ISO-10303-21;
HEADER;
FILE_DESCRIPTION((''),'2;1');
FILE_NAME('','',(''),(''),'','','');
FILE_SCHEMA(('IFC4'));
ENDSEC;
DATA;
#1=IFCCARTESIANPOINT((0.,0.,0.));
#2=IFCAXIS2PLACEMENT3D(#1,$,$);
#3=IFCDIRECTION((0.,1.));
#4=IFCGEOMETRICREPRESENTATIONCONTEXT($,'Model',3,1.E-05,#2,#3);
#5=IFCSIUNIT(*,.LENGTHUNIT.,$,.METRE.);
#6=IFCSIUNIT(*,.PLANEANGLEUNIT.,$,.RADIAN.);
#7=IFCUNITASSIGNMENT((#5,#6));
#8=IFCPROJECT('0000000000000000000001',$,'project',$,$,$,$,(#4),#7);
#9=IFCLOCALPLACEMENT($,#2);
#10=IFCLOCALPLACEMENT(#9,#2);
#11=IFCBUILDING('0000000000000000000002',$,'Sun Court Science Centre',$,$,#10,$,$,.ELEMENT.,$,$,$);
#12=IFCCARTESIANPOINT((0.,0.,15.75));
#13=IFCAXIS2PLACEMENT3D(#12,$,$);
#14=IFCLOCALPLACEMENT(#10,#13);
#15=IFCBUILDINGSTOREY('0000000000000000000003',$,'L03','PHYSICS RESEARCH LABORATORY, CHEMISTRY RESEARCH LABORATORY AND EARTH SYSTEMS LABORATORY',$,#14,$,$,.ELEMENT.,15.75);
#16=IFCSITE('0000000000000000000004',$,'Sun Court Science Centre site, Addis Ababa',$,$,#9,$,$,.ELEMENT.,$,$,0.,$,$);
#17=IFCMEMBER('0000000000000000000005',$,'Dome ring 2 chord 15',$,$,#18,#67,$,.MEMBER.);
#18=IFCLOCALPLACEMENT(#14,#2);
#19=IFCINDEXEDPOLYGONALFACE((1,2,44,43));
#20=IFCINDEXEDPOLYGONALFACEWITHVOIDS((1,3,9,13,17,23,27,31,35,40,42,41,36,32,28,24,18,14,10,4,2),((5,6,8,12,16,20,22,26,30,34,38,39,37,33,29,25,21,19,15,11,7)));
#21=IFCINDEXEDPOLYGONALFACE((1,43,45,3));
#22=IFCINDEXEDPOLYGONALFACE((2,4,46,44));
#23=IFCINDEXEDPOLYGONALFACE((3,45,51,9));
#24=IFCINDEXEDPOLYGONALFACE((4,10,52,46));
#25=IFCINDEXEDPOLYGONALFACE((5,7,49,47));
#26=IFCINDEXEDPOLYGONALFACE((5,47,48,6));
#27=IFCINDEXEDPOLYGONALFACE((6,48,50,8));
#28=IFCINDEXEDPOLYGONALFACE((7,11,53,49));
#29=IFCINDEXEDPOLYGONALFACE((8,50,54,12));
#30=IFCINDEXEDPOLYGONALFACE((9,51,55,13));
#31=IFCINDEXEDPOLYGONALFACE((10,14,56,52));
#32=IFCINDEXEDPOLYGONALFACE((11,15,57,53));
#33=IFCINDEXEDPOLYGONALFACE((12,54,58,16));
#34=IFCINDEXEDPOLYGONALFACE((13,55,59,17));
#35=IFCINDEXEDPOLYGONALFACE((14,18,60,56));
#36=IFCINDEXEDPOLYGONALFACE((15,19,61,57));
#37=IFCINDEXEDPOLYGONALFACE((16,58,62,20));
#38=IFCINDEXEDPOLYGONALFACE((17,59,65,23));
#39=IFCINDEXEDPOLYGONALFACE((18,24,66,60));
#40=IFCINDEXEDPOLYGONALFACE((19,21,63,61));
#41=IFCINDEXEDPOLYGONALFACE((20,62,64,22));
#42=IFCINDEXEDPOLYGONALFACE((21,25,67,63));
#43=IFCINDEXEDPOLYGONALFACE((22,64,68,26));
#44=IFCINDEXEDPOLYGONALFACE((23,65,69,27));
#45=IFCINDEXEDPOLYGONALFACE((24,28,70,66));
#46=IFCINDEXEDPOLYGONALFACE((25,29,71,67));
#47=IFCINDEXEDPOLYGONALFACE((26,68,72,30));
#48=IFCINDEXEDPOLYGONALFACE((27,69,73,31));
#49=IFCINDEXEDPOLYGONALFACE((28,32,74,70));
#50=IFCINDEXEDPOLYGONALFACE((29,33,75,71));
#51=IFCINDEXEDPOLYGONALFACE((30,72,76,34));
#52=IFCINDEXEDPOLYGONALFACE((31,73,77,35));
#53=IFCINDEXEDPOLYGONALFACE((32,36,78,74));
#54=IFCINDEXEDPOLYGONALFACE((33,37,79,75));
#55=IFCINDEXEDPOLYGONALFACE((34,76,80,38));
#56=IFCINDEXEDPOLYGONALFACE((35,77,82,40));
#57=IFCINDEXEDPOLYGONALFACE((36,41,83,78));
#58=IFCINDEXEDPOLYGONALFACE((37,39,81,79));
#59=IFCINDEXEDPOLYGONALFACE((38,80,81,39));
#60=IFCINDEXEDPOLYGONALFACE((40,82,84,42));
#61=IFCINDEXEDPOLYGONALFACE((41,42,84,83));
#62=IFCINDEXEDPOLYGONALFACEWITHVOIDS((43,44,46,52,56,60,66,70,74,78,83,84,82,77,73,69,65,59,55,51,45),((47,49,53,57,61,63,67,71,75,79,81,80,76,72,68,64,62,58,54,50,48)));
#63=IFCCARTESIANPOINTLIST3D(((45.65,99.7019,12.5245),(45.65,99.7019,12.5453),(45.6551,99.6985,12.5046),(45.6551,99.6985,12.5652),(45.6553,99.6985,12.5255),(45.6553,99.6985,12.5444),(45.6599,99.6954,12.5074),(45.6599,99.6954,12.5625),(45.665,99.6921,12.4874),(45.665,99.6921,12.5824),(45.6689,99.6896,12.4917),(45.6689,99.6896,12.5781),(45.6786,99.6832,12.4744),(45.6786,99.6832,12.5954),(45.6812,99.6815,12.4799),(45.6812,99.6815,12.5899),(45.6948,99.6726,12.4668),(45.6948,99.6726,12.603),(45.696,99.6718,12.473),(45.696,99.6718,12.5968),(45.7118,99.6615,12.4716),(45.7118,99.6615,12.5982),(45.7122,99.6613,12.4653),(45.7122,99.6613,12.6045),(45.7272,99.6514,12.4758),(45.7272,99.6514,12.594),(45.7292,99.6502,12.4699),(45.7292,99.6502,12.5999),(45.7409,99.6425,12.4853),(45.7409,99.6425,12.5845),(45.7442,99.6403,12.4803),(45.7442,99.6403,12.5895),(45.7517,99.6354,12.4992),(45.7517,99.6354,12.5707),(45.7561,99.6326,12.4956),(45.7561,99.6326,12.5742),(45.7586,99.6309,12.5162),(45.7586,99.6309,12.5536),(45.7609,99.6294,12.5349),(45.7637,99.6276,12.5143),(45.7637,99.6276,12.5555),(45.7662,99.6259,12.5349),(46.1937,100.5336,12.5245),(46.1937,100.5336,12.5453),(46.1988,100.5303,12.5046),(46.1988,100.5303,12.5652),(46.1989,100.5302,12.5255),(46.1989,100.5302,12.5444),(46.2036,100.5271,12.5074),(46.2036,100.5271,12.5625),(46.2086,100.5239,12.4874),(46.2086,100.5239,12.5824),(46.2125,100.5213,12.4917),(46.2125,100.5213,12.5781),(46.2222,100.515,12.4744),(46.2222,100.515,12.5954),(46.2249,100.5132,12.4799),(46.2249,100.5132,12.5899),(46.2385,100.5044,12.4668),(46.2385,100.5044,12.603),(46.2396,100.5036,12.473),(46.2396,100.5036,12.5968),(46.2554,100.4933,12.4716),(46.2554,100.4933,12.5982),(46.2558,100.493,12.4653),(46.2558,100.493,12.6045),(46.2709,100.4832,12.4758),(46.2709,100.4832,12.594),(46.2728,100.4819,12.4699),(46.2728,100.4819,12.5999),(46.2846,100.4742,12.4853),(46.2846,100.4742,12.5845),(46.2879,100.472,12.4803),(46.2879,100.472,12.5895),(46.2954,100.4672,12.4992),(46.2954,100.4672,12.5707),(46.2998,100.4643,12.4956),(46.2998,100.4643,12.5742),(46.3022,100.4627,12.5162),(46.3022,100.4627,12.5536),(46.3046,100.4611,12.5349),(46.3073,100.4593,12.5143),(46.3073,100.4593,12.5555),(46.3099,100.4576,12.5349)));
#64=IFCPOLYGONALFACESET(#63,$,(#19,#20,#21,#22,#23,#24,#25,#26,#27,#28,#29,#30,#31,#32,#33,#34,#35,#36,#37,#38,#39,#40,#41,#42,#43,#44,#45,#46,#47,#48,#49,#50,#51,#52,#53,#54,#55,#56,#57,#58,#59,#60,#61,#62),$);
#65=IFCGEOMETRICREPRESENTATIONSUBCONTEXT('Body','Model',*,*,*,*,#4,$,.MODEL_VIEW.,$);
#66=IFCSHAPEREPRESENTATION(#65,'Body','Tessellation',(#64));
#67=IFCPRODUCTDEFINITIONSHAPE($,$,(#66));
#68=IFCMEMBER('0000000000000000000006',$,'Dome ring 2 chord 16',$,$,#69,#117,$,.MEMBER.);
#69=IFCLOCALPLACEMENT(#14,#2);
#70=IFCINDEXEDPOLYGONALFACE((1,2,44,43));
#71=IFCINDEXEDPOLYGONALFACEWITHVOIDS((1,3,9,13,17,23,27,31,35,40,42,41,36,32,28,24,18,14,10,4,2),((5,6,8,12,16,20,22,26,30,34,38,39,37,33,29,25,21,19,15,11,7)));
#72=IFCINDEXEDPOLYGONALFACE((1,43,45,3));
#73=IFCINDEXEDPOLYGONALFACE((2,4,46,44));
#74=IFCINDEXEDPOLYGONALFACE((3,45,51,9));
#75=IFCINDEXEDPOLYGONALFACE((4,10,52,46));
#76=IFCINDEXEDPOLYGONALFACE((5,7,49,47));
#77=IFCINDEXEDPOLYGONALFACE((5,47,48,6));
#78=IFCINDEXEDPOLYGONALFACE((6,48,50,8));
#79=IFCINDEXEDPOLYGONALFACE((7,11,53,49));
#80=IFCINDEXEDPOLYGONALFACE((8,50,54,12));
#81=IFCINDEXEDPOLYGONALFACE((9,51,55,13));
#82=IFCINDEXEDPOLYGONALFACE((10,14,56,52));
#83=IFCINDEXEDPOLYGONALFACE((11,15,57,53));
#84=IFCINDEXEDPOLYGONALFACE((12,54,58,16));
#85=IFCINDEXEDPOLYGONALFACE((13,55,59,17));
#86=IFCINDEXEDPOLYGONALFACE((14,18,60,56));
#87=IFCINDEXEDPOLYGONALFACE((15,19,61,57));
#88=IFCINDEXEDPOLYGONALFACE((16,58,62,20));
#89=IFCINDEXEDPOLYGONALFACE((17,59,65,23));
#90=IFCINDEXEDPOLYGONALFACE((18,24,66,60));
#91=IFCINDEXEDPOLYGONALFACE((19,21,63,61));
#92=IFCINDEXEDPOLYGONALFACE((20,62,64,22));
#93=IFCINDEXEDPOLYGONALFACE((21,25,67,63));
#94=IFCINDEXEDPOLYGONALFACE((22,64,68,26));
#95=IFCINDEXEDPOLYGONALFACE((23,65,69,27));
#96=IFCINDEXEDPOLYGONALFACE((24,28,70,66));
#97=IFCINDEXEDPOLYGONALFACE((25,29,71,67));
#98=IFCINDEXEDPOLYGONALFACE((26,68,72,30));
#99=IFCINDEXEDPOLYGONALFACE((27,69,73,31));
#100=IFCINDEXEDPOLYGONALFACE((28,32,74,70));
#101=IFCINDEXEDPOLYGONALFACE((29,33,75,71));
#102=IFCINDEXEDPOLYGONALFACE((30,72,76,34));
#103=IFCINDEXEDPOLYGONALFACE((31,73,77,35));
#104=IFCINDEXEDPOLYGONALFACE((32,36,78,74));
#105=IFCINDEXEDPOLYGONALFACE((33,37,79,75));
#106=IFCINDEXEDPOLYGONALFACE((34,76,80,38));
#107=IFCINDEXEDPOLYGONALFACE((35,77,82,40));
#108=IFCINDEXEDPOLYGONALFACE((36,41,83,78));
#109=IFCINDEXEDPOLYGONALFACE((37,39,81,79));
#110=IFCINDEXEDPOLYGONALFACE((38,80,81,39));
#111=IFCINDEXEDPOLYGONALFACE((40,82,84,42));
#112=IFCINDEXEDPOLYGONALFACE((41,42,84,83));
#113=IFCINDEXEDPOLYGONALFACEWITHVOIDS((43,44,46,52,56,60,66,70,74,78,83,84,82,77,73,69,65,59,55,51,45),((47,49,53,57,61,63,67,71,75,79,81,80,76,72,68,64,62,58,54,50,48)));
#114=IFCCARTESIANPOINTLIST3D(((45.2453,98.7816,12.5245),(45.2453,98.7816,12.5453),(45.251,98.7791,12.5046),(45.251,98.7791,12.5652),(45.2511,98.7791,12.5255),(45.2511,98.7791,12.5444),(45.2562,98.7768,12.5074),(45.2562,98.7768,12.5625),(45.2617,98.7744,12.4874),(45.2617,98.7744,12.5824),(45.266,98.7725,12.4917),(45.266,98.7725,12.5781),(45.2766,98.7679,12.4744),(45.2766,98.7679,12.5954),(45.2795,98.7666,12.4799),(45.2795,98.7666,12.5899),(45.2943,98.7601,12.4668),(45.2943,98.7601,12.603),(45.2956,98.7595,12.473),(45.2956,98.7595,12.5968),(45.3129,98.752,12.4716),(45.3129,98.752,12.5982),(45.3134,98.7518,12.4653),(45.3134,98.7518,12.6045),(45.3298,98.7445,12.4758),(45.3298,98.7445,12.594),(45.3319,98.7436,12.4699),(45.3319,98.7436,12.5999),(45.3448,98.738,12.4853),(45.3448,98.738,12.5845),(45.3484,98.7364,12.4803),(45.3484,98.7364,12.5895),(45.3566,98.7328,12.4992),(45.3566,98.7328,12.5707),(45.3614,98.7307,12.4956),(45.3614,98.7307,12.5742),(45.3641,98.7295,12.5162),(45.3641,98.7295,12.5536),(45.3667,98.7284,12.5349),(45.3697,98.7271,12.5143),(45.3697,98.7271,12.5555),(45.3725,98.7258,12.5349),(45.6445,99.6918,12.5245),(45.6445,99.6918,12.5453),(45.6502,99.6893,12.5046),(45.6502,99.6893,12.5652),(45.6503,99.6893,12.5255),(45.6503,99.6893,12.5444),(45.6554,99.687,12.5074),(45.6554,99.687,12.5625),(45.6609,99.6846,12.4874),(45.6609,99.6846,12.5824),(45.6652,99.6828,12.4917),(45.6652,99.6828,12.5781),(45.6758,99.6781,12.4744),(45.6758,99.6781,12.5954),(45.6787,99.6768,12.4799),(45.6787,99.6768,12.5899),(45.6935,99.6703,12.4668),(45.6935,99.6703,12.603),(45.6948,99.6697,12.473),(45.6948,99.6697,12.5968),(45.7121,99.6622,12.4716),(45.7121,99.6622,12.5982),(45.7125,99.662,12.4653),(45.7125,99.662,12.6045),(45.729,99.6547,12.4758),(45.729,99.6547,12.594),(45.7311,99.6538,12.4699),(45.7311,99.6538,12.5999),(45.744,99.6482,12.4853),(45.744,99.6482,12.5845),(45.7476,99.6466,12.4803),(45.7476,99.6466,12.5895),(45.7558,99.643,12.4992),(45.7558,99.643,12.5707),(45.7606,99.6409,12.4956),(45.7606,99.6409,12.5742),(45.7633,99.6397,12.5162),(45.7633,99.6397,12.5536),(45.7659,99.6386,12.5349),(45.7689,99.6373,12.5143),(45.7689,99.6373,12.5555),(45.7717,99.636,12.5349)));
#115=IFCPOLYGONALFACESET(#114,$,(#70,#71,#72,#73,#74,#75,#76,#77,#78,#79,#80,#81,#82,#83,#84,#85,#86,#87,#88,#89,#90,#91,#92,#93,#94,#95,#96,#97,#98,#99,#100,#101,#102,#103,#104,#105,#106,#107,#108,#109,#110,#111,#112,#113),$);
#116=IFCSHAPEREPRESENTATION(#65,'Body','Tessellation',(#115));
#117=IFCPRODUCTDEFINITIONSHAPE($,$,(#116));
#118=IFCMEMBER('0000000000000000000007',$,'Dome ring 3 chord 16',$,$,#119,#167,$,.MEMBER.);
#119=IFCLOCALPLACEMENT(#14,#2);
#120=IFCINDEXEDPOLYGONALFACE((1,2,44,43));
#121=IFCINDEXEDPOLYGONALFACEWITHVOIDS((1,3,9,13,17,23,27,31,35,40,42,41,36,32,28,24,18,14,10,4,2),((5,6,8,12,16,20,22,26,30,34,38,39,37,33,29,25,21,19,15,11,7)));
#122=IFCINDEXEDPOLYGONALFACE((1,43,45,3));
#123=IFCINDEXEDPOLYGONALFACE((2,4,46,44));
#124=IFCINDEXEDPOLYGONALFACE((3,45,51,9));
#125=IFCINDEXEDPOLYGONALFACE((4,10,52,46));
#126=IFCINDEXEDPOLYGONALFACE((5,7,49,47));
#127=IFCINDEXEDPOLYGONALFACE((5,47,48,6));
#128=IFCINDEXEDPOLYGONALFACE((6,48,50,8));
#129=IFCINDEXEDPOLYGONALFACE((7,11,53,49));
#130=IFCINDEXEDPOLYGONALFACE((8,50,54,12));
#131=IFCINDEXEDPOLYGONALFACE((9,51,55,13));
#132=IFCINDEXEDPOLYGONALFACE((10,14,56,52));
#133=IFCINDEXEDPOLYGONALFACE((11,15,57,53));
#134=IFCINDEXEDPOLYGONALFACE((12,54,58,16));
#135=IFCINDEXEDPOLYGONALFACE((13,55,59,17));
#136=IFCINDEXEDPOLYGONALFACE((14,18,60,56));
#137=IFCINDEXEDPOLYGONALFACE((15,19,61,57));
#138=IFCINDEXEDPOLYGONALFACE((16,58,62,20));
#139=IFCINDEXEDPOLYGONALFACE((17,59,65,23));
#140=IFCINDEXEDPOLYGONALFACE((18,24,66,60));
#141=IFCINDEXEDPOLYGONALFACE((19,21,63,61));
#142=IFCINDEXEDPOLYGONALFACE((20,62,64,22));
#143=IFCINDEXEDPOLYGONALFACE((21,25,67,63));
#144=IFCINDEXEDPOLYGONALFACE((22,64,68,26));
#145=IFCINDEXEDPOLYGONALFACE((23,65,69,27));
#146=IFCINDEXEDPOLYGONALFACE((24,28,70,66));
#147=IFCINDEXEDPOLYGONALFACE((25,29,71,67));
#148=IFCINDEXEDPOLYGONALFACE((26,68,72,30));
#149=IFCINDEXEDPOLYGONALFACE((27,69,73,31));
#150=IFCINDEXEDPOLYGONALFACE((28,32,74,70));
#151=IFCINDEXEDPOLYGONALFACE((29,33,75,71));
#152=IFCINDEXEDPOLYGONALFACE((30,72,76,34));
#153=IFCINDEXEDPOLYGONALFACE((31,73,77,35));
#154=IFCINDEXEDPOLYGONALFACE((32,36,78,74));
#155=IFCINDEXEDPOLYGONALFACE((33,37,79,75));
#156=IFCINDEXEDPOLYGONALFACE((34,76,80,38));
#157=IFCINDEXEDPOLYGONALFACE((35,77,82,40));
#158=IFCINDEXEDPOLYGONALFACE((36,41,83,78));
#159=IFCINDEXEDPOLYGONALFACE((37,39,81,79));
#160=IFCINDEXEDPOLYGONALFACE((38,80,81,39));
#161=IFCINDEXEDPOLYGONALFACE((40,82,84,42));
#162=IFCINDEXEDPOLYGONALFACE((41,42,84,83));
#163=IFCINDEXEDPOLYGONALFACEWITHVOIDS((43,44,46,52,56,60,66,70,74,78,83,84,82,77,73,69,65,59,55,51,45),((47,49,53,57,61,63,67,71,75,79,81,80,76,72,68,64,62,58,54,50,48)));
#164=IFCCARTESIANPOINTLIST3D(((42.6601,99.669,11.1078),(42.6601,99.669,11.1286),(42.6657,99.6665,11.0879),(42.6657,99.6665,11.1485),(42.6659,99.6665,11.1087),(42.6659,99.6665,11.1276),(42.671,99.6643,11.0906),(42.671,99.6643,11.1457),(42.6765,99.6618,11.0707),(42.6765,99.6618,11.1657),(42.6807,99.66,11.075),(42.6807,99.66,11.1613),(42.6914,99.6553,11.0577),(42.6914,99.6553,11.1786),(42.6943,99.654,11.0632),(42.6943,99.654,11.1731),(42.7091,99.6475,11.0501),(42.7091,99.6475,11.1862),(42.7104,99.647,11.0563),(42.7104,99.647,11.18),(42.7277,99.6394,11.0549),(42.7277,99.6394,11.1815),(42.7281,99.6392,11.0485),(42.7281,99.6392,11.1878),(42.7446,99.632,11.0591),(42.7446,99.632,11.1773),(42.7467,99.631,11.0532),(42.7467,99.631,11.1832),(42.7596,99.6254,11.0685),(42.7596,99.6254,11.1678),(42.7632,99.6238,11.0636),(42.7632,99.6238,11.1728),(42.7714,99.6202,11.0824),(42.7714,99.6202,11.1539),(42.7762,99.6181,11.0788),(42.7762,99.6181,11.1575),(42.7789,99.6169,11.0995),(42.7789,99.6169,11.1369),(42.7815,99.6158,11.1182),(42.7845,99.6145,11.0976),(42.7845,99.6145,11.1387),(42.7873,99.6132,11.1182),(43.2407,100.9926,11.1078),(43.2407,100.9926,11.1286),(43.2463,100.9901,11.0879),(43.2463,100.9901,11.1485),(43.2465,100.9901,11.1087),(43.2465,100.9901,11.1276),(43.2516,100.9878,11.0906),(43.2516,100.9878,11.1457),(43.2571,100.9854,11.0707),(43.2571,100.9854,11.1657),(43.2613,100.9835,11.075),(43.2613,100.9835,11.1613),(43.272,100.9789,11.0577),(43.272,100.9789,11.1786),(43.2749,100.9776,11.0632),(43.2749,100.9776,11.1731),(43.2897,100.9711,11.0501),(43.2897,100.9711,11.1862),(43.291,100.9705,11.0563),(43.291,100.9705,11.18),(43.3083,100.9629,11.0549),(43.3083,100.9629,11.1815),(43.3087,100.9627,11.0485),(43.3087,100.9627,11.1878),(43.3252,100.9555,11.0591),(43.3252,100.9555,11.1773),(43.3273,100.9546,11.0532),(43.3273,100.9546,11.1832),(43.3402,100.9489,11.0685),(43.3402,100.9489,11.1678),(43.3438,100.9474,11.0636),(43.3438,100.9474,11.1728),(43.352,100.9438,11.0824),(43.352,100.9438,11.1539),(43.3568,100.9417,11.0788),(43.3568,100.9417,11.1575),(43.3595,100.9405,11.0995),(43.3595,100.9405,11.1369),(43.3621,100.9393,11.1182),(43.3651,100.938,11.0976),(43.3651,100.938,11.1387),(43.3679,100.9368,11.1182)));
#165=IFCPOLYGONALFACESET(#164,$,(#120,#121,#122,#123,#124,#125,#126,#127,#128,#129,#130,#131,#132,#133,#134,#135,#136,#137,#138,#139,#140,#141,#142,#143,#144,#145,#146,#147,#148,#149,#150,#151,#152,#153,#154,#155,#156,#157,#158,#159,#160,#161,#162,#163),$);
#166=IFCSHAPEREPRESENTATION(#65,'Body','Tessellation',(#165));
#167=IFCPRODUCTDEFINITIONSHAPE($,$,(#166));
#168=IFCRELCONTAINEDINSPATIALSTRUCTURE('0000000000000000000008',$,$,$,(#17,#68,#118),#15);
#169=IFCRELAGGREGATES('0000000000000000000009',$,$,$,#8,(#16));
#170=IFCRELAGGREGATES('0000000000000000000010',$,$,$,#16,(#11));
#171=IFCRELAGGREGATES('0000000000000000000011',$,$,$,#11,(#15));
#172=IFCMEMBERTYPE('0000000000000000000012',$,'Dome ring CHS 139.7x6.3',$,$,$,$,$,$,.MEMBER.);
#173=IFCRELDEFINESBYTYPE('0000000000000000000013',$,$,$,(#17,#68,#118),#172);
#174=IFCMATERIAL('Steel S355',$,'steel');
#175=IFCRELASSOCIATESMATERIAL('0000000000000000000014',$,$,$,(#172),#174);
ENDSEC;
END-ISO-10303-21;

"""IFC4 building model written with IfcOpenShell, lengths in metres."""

from ifc_helpers import new_model, si_unit, direction, frame, origin, origin_2d, place, context, subcontext, project, spatial, hollow_circle, extrude, material, material_profile, profile_set, type_object, element, save


model = new_model("IFC4")

# Units and contexts
model_context = context("Model", 3, precision=1e-05, world=origin(), true_north=direction((0.0, 1.0)))
body_context = subcontext(model_context, "Body", "Model", "MODEL_VIEW")
ifc_project = project(units=[si_unit("LENGTHUNIT", "METRE"), si_unit("PLANEANGLEUNIT", "RADIAN")], contexts=[model_context])

# Site, building, storey
site_placement = place(None, origin())
site = spatial("IfcSite", under=ifc_project, at=site_placement, Name="Sun Court Science Centre site, Addis Ababa", CompositionType="ELEMENT", RefElevation=0.0)
building_placement = place(site_placement, origin())
building = spatial("IfcBuilding", under=site, at=building_placement, Name="Sun Court Science Centre", CompositionType="ELEMENT")
storey_placement = place(building_placement, frame((0.0, 0.0, 15.75)))
storey = spatial("IfcBuildingStorey", under=building, at=storey_placement, Name="L03", Description="PHYSICS RESEARCH LABORATORY, CHEMISTRY RESEARCH LABORATORY AND EARTH SYSTEMS LABORATORY", CompositionType="ELEMENT", Elevation=15.75)

# Members
ifc_material_1 = material(Name="Steel S355", Category="steel")
ifc_material_profile_1 = material_profile(ifc_material_1, hollow_circle(Radius=0.0698, WallThickness=0.0063, at=origin_2d()), Name="CHS 139.7x6.3")
ifc_profile_set_1 = profile_set([ifc_material_profile_1], Name="Steel S355")
member_type_1 = type_object("IfcMemberType", Name="Dome ring CHS 139.7x6.3", PredefinedType="MEMBER", material=ifc_profile_set_1)
member_1_placement = place(storey_placement, frame((46.2515, 100.4958, 12.5349), z_axis=(-0.547137, -0.837043, 0.0), x_axis=(0.837043, -0.547137, 0.0)))
element("IfcMember", 1, at=member_1_placement, inside=storey, type_object=member_type_1, Name="Dome ring 2 chord 15", PredefinedType="MEMBER", context=body_context, shape_type="SweptSolid", body=[
    extrude(hollow_circle(Radius=0.0698, WallThickness=0.0063, at=origin_2d()), origin(), (0.0, 0.0, 1.0), 0.9937),
])
member_2_placement = place(storey_placement, frame((45.7078, 99.6641, 12.5349), z_axis=(-0.401643, -0.915796, 0.0), x_axis=(0.915796, -0.401643, 0.0)))
element("IfcMember", 2, at=member_2_placement, inside=storey, type_object=member_type_1, Name="Dome ring 2 chord 16", PredefinedType="MEMBER", context=body_context, shape_type="SweptSolid", body=[
    extrude(hollow_circle(Radius=0.0698, WallThickness=0.0063, at=origin_2d()), origin(), (0.0, 0.0, 1.0), 0.9939),
])
member_3_placement = place(storey_placement, frame((43.304, 100.9648, 11.1182), z_axis=(-0.401714, -0.915765, 0.0), x_axis=(0.915765, -0.401714, 0.0)))
element("IfcMember", 3, at=member_3_placement, inside=storey, type_object=member_type_1, Name="Dome ring 3 chord 16", PredefinedType="MEMBER", context=body_context, shape_type="SweptSolid", body=[
    extrude(hollow_circle(Radius=0.0698, WallThickness=0.0063, at=origin_2d()), origin(), (0.0, 0.0, 1.0), 1.4453),
])

save(model, "model.ifc")
